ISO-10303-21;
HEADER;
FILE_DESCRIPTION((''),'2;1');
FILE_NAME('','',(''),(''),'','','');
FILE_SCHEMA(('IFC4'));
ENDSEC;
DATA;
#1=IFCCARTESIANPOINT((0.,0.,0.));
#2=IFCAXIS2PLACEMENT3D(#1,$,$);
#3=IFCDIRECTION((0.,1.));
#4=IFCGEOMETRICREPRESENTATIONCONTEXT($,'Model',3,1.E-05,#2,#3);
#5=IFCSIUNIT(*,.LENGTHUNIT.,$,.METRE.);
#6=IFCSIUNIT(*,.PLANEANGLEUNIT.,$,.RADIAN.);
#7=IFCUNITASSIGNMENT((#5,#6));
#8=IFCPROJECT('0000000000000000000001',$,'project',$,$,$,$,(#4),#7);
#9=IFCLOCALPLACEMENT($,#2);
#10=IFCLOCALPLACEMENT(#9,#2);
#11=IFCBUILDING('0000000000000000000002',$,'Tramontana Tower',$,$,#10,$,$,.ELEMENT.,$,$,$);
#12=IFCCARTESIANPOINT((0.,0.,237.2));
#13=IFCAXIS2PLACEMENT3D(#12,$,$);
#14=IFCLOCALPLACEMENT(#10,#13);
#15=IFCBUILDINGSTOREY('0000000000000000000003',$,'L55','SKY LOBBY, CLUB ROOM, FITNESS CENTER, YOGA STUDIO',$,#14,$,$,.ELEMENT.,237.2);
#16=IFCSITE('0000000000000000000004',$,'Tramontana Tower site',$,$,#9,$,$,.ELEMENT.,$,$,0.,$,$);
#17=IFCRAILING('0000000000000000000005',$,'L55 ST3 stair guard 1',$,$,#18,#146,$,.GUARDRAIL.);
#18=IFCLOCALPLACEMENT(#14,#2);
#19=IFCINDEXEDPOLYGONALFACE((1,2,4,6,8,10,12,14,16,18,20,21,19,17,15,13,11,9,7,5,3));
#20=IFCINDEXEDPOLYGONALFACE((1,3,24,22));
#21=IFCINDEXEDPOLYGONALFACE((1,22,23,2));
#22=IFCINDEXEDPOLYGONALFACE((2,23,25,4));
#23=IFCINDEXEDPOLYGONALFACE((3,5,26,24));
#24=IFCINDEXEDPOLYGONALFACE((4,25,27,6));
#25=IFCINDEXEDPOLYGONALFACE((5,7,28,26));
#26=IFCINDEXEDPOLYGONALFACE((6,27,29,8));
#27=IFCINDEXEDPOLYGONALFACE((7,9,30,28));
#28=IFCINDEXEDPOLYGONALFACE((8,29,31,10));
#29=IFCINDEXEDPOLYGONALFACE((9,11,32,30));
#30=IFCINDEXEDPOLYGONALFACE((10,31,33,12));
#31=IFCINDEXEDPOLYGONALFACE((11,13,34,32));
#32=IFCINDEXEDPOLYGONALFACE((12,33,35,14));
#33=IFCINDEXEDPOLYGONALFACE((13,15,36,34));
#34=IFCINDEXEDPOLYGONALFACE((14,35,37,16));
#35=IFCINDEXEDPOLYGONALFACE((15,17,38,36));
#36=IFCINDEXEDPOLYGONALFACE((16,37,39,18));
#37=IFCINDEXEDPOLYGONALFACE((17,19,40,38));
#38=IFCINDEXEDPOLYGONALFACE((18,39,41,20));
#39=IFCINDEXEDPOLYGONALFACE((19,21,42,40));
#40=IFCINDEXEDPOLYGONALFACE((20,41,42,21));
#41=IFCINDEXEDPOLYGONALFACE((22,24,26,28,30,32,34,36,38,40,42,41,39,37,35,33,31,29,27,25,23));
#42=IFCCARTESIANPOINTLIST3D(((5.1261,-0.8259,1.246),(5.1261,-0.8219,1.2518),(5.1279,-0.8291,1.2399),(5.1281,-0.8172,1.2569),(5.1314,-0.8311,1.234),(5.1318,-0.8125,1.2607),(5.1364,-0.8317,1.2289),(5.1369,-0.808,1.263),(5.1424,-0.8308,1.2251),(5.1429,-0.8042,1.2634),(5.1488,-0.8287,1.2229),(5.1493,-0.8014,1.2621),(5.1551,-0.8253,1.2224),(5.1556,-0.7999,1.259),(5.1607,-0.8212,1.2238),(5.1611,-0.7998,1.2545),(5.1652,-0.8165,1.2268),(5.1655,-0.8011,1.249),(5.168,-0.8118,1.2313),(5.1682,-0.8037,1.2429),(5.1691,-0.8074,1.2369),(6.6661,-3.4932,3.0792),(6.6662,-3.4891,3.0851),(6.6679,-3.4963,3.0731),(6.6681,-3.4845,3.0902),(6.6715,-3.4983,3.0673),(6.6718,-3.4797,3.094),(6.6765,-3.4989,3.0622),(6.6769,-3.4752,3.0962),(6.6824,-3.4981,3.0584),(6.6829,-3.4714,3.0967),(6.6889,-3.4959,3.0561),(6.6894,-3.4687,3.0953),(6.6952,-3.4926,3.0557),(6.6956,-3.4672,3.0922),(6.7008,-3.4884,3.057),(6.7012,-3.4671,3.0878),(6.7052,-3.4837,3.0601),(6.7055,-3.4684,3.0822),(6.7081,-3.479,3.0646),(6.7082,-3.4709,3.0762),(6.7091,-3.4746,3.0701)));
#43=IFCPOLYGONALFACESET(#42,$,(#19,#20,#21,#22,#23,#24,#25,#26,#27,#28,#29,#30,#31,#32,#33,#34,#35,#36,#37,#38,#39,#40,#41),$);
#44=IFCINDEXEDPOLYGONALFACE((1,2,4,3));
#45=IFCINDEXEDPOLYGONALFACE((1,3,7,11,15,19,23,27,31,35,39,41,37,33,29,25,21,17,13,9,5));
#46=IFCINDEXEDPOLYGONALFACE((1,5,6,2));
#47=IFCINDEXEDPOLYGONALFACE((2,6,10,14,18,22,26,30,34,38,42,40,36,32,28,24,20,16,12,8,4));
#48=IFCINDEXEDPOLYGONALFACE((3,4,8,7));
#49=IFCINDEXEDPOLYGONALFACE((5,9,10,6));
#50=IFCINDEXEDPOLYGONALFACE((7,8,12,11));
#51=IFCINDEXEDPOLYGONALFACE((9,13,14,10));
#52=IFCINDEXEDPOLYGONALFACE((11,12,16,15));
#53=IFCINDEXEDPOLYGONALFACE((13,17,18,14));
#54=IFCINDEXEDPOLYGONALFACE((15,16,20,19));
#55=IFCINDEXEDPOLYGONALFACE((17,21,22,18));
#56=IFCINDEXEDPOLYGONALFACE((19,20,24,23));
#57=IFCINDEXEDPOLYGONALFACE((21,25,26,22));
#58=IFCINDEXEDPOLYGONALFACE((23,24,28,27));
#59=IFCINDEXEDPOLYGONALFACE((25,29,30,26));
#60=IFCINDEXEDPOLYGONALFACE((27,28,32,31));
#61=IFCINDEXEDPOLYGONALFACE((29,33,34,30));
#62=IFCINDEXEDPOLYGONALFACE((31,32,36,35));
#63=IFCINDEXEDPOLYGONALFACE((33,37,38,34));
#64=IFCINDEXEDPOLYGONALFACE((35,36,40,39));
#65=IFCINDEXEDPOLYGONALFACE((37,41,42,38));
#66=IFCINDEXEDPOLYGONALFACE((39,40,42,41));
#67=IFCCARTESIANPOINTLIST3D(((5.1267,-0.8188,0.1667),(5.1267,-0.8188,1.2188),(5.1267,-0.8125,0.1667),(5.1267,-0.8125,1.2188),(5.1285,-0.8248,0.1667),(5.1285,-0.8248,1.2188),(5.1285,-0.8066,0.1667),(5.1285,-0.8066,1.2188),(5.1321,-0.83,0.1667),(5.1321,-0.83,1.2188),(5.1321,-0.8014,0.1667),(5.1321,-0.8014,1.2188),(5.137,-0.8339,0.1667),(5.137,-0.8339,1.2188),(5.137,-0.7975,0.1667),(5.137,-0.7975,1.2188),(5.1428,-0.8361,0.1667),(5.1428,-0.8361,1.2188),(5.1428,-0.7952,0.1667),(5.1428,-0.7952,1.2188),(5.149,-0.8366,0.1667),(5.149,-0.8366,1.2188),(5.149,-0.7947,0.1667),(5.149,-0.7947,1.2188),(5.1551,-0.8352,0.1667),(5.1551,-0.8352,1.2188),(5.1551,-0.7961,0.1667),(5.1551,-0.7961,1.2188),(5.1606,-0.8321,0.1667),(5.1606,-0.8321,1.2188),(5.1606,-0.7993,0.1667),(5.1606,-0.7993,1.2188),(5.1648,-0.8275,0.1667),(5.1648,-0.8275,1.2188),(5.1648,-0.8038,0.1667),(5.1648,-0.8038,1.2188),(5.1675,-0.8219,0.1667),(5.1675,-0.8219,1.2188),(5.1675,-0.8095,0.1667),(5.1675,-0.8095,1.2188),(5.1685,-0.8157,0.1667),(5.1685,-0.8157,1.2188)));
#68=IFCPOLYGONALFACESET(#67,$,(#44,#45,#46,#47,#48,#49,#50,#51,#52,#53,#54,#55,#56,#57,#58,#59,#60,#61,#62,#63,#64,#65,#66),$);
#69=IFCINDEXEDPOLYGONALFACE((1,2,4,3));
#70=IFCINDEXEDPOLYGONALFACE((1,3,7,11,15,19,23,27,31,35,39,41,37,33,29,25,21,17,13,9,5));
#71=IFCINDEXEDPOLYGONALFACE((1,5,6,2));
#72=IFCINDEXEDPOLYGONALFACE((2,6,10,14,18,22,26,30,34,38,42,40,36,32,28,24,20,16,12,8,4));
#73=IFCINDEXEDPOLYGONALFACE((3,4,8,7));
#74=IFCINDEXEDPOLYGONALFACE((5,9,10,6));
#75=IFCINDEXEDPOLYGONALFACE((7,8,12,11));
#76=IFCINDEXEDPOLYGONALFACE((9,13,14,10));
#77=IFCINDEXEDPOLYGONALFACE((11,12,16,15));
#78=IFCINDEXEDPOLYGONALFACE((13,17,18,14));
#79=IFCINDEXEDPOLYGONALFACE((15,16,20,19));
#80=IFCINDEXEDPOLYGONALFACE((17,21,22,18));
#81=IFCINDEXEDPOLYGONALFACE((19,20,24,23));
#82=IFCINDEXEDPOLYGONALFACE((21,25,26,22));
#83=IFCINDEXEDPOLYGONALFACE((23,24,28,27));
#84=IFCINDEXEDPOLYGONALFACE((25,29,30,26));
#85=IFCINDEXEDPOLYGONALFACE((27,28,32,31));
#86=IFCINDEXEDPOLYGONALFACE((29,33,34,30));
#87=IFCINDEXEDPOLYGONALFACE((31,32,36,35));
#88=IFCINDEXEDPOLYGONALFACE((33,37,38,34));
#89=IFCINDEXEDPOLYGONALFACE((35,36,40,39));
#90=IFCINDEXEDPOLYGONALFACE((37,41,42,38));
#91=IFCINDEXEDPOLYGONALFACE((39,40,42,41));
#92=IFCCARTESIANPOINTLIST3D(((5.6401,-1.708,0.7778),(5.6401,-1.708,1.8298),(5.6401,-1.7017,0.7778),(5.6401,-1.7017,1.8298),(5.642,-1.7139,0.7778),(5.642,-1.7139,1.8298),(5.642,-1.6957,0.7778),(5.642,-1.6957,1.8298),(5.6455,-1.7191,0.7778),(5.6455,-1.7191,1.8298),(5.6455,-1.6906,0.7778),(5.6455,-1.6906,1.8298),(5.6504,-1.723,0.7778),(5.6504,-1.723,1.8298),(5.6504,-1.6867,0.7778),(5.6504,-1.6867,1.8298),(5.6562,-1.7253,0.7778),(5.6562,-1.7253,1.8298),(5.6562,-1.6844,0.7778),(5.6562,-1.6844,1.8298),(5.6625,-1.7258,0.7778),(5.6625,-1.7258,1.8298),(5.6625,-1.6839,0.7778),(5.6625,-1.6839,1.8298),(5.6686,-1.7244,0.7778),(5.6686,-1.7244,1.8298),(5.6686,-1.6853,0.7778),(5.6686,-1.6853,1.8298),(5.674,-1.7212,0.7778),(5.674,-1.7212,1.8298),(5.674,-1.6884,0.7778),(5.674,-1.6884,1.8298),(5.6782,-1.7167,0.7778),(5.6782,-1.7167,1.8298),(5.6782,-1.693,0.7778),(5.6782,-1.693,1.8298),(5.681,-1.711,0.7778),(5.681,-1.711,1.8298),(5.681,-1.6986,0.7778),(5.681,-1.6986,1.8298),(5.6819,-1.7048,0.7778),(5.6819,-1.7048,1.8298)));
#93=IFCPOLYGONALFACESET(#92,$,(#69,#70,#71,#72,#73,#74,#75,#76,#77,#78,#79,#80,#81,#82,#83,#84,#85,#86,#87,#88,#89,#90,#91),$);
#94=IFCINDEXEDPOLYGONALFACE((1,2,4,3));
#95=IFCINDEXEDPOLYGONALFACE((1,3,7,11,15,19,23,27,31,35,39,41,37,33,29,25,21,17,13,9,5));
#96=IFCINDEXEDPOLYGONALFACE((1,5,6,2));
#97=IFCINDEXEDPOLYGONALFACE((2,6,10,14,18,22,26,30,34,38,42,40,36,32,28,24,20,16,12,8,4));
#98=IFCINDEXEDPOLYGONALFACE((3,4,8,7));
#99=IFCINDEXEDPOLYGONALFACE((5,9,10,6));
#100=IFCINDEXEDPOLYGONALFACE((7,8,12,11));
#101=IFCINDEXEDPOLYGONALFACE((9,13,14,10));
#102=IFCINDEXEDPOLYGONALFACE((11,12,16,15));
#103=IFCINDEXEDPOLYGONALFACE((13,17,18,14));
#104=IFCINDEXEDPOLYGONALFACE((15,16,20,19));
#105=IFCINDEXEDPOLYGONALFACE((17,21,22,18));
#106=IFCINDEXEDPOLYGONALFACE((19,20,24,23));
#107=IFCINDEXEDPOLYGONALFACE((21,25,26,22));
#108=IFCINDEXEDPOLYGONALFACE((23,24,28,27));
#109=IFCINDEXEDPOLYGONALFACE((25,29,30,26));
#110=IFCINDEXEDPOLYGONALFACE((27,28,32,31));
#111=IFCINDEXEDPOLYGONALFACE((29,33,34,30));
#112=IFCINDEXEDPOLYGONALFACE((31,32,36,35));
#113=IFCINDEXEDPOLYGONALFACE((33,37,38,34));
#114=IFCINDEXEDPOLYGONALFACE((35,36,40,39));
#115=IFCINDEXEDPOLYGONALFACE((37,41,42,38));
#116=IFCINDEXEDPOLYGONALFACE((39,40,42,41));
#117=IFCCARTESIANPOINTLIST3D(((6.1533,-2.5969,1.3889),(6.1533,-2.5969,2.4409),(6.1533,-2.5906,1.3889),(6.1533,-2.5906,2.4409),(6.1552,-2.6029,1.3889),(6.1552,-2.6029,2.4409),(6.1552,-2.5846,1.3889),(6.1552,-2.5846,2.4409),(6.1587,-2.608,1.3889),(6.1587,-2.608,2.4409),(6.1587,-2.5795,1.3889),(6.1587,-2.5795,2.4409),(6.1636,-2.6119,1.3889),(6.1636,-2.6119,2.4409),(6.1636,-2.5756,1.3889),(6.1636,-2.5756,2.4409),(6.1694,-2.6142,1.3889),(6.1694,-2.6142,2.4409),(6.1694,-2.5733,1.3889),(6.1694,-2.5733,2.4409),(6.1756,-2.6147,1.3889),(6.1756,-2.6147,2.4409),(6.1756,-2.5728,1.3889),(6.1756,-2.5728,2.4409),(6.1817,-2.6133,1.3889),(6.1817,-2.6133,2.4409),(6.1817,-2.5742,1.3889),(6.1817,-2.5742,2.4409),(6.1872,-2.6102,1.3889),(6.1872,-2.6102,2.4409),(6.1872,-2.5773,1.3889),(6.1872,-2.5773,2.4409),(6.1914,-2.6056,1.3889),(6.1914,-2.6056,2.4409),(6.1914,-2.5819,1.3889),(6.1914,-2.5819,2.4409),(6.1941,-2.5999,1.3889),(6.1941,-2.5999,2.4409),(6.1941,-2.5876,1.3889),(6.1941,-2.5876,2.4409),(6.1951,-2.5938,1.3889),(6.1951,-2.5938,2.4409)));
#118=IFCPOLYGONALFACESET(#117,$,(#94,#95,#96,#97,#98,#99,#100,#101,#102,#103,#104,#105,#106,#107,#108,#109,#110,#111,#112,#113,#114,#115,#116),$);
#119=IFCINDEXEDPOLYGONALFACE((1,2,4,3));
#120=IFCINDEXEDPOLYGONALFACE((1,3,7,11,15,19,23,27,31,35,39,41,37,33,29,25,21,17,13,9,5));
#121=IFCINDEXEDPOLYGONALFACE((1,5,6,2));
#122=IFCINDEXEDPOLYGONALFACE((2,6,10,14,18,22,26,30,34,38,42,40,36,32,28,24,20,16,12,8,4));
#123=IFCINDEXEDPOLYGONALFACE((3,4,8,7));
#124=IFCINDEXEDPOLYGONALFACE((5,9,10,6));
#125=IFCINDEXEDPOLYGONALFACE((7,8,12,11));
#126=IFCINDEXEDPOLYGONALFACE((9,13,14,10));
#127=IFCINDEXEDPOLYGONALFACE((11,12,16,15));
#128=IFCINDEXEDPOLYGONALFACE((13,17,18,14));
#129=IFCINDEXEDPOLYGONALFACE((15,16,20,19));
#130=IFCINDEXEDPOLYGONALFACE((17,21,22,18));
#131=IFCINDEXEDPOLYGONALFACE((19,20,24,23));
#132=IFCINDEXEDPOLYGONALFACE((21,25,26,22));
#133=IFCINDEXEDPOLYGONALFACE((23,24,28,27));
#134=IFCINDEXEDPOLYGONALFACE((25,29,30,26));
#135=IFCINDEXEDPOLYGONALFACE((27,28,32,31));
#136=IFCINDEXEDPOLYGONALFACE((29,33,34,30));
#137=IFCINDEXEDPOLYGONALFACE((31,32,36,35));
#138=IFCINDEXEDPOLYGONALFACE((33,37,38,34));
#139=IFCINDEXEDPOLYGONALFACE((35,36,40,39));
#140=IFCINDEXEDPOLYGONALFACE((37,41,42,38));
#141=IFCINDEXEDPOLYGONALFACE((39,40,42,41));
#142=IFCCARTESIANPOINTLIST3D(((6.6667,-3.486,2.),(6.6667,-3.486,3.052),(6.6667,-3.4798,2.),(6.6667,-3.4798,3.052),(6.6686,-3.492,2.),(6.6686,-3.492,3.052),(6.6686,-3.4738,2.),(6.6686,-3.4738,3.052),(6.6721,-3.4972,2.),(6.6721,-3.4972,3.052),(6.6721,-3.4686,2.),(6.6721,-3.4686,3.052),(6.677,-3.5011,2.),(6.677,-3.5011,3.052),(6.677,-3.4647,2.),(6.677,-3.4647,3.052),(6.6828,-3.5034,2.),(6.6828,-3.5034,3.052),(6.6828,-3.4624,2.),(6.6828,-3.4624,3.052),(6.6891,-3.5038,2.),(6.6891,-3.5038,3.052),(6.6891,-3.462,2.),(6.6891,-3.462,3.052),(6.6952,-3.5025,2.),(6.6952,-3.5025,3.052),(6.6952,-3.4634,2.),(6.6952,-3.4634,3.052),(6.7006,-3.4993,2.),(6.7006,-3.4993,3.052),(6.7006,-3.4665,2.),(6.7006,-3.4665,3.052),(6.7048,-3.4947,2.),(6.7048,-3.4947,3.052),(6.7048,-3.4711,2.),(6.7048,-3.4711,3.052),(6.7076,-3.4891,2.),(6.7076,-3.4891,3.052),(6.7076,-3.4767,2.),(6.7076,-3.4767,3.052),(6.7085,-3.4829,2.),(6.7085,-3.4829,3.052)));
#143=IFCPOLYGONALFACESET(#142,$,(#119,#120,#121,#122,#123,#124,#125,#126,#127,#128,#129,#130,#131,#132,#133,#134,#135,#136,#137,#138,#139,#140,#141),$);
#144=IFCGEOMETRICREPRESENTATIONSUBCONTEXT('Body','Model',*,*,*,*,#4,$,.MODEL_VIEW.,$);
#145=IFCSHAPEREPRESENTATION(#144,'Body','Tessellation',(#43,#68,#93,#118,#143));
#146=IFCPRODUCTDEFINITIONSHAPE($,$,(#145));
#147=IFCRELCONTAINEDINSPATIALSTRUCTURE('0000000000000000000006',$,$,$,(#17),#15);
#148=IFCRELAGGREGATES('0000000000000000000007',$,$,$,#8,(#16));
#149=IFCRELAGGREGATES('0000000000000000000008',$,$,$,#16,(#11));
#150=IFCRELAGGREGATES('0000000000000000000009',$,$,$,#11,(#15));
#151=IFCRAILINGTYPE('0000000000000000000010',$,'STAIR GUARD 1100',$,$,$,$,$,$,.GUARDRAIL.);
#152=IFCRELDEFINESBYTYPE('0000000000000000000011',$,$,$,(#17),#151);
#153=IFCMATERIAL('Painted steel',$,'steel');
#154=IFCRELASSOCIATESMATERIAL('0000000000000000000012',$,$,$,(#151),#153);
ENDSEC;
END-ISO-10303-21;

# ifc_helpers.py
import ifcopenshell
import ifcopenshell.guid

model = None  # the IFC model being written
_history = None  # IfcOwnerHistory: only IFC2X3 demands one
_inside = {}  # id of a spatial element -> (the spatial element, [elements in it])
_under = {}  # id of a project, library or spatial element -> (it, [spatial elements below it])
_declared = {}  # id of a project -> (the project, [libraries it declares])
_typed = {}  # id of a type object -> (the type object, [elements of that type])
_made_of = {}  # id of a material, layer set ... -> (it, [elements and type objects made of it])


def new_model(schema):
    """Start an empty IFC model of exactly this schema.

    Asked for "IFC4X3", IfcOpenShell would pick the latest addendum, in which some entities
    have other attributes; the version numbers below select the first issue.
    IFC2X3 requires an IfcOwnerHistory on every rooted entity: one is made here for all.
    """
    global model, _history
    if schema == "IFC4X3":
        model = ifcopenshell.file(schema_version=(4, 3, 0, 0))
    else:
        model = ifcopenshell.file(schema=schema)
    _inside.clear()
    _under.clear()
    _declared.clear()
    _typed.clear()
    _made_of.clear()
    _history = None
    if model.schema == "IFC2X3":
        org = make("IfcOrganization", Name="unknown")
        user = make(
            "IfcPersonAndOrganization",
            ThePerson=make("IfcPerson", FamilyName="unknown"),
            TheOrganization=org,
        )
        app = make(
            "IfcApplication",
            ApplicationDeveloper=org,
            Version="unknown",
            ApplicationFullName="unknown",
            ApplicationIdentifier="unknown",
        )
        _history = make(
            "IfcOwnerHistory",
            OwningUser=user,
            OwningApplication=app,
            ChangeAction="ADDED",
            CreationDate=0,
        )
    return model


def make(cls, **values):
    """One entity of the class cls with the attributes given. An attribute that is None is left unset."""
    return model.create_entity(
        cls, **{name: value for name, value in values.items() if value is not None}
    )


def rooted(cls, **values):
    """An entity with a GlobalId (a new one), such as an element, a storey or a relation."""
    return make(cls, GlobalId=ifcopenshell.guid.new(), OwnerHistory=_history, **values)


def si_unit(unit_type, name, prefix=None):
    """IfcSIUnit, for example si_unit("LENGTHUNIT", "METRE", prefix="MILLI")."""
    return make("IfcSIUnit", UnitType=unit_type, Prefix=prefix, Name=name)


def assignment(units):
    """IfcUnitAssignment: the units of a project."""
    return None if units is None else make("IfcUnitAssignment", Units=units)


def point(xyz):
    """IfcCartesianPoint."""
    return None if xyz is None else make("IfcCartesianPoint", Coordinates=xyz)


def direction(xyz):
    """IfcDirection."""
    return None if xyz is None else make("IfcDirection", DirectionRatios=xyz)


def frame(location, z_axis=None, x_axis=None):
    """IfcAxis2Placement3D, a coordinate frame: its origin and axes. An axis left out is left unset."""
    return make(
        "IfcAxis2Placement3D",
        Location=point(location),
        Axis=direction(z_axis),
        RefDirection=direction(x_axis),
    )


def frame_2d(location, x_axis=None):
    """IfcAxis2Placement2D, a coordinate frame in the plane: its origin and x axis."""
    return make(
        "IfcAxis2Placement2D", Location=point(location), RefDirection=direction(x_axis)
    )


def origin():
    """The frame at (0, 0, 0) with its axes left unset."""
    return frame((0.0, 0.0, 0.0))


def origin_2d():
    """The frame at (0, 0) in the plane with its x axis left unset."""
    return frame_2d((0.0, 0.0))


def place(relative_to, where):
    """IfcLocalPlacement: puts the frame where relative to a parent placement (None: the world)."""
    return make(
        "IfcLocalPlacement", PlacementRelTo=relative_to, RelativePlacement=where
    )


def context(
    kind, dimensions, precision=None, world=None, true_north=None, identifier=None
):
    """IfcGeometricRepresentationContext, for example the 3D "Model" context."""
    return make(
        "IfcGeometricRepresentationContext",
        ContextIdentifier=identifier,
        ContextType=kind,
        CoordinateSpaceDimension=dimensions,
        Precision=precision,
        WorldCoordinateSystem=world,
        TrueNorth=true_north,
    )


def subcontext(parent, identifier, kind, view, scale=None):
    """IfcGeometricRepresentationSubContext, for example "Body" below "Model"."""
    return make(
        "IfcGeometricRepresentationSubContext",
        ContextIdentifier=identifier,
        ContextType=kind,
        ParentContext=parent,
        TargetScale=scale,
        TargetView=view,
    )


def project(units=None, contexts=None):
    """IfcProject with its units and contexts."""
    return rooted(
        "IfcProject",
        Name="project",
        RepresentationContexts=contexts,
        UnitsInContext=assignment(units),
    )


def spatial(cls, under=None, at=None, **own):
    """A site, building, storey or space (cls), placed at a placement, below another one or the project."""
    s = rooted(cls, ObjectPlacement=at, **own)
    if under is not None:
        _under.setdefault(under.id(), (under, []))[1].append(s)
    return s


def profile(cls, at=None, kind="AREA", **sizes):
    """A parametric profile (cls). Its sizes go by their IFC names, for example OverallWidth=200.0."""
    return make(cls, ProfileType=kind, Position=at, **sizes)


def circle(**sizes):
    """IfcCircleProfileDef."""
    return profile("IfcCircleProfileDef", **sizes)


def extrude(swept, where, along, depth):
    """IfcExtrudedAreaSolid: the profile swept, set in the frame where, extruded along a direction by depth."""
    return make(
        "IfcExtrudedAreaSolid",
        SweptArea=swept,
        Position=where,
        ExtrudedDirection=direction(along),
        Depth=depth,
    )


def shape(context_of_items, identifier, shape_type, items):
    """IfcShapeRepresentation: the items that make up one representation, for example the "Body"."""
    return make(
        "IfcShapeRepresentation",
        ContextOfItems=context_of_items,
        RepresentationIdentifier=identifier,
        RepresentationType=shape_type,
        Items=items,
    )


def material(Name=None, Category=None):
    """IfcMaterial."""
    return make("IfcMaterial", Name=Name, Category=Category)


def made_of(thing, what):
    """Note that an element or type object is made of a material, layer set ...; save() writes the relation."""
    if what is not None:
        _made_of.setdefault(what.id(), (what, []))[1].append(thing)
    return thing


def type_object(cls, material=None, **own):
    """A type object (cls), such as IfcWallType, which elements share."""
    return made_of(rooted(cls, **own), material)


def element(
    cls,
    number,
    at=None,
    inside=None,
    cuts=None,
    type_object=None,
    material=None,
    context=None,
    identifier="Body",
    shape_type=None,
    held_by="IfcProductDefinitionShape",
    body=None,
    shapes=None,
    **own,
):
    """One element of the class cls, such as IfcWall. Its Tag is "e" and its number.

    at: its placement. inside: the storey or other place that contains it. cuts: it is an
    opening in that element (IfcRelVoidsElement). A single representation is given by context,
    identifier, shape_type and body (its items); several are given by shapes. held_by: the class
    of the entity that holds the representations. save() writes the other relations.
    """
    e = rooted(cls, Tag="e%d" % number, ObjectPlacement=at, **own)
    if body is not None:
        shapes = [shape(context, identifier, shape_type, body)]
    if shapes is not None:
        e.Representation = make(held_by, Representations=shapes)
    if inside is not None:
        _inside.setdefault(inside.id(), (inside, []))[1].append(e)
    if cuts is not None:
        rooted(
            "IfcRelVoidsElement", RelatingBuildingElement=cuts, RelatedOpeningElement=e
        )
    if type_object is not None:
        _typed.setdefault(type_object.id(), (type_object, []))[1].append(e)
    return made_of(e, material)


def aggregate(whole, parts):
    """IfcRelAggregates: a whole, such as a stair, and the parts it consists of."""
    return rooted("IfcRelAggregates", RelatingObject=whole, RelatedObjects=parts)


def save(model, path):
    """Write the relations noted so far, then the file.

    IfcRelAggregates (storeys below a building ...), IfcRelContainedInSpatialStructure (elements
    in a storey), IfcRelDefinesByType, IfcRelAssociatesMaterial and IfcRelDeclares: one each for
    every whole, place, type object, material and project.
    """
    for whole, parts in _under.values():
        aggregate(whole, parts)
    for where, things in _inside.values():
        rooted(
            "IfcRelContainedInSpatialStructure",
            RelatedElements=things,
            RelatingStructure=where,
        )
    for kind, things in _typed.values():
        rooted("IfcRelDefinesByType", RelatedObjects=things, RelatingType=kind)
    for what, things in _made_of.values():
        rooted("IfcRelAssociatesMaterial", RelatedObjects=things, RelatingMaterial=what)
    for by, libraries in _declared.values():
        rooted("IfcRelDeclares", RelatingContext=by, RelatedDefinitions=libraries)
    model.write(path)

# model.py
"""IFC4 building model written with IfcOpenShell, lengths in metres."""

from ifc_helpers import new_model, si_unit, direction, frame, origin, origin_2d, place, context, subcontext, project, spatial, circle, extrude, material, type_object, element, save


model = new_model("IFC4")

# Units and contexts
model_context = context("Model", 3, precision=1e-05, world=origin(), true_north=direction((0.0, 1.0)))
body_context = subcontext(model_context, "Body", "Model", "MODEL_VIEW")
ifc_project = project(units=[si_unit("LENGTHUNIT", "METRE"), si_unit("PLANEANGLEUNIT", "RADIAN")], contexts=[model_context])

# Site, building, storey
site_placement = place(None, origin())
site = spatial("IfcSite", under=ifc_project, at=site_placement, Name="Tramontana Tower site", CompositionType="ELEMENT", RefElevation=0.0)
building_placement = place(site_placement, origin())
building = spatial("IfcBuilding", under=site, at=building_placement, Name="Tramontana Tower", CompositionType="ELEMENT")
storey_placement = place(building_placement, frame((0.0, 0.0, 237.2)))
storey = spatial("IfcBuildingStorey", under=building, at=storey_placement, Name="L55", Description="SKY LOBBY, CLUB ROOM, FITNESS CENTER, YOGA STUDIO", CompositionType="ELEMENT", Elevation=237.2)

# Railing
ifc_material_1 = material(Name="Painted steel", Category="steel")
railing_type_1 = type_object("IfcRailingType", Name="STAIR GUARD 1100", PredefinedType="GUARDRAIL", material=ifc_material_1)
railing_1_placement = place(storey_placement, frame((5.1475, -0.8157, 0.1667)))
element("IfcRailing", 1, at=railing_1_placement, inside=storey, type_object=railing_type_1, Name="L55 ST3 stair guard 1", PredefinedType="GUARDRAIL", context=body_context, shape_type="SweptSolid", body=[
    extrude(circle(Radius=0.0239, at=origin_2d()), frame((0.0, 0.0, 1.0762), z_axis=(0.429671, -0.744159, 0.511478), x_axis=(0.86601, 0.500027, 0.0)), (0.0, 0.0, 1.0), 3.5842),
    extrude(circle(Radius=0.021, at=origin_2d()), origin(), (0.0, 0.0, 1.0), 1.052),
    extrude(circle(Radius=0.021, at=origin_2d()), frame((0.5134, -0.8892, 0.6111)), (0.0, 0.0, 1.0), 1.052),
    extrude(circle(Radius=0.021, at=origin_2d()), frame((1.0266, -1.7781, 1.2222)), (0.0, 0.0, 1.0), 1.052),
    extrude(circle(Radius=0.021, at=origin_2d()), frame((1.54, -2.6672, 1.8333)), (0.0, 0.0, 1.0), 1.052),
])

save(model, "model.ifc")
